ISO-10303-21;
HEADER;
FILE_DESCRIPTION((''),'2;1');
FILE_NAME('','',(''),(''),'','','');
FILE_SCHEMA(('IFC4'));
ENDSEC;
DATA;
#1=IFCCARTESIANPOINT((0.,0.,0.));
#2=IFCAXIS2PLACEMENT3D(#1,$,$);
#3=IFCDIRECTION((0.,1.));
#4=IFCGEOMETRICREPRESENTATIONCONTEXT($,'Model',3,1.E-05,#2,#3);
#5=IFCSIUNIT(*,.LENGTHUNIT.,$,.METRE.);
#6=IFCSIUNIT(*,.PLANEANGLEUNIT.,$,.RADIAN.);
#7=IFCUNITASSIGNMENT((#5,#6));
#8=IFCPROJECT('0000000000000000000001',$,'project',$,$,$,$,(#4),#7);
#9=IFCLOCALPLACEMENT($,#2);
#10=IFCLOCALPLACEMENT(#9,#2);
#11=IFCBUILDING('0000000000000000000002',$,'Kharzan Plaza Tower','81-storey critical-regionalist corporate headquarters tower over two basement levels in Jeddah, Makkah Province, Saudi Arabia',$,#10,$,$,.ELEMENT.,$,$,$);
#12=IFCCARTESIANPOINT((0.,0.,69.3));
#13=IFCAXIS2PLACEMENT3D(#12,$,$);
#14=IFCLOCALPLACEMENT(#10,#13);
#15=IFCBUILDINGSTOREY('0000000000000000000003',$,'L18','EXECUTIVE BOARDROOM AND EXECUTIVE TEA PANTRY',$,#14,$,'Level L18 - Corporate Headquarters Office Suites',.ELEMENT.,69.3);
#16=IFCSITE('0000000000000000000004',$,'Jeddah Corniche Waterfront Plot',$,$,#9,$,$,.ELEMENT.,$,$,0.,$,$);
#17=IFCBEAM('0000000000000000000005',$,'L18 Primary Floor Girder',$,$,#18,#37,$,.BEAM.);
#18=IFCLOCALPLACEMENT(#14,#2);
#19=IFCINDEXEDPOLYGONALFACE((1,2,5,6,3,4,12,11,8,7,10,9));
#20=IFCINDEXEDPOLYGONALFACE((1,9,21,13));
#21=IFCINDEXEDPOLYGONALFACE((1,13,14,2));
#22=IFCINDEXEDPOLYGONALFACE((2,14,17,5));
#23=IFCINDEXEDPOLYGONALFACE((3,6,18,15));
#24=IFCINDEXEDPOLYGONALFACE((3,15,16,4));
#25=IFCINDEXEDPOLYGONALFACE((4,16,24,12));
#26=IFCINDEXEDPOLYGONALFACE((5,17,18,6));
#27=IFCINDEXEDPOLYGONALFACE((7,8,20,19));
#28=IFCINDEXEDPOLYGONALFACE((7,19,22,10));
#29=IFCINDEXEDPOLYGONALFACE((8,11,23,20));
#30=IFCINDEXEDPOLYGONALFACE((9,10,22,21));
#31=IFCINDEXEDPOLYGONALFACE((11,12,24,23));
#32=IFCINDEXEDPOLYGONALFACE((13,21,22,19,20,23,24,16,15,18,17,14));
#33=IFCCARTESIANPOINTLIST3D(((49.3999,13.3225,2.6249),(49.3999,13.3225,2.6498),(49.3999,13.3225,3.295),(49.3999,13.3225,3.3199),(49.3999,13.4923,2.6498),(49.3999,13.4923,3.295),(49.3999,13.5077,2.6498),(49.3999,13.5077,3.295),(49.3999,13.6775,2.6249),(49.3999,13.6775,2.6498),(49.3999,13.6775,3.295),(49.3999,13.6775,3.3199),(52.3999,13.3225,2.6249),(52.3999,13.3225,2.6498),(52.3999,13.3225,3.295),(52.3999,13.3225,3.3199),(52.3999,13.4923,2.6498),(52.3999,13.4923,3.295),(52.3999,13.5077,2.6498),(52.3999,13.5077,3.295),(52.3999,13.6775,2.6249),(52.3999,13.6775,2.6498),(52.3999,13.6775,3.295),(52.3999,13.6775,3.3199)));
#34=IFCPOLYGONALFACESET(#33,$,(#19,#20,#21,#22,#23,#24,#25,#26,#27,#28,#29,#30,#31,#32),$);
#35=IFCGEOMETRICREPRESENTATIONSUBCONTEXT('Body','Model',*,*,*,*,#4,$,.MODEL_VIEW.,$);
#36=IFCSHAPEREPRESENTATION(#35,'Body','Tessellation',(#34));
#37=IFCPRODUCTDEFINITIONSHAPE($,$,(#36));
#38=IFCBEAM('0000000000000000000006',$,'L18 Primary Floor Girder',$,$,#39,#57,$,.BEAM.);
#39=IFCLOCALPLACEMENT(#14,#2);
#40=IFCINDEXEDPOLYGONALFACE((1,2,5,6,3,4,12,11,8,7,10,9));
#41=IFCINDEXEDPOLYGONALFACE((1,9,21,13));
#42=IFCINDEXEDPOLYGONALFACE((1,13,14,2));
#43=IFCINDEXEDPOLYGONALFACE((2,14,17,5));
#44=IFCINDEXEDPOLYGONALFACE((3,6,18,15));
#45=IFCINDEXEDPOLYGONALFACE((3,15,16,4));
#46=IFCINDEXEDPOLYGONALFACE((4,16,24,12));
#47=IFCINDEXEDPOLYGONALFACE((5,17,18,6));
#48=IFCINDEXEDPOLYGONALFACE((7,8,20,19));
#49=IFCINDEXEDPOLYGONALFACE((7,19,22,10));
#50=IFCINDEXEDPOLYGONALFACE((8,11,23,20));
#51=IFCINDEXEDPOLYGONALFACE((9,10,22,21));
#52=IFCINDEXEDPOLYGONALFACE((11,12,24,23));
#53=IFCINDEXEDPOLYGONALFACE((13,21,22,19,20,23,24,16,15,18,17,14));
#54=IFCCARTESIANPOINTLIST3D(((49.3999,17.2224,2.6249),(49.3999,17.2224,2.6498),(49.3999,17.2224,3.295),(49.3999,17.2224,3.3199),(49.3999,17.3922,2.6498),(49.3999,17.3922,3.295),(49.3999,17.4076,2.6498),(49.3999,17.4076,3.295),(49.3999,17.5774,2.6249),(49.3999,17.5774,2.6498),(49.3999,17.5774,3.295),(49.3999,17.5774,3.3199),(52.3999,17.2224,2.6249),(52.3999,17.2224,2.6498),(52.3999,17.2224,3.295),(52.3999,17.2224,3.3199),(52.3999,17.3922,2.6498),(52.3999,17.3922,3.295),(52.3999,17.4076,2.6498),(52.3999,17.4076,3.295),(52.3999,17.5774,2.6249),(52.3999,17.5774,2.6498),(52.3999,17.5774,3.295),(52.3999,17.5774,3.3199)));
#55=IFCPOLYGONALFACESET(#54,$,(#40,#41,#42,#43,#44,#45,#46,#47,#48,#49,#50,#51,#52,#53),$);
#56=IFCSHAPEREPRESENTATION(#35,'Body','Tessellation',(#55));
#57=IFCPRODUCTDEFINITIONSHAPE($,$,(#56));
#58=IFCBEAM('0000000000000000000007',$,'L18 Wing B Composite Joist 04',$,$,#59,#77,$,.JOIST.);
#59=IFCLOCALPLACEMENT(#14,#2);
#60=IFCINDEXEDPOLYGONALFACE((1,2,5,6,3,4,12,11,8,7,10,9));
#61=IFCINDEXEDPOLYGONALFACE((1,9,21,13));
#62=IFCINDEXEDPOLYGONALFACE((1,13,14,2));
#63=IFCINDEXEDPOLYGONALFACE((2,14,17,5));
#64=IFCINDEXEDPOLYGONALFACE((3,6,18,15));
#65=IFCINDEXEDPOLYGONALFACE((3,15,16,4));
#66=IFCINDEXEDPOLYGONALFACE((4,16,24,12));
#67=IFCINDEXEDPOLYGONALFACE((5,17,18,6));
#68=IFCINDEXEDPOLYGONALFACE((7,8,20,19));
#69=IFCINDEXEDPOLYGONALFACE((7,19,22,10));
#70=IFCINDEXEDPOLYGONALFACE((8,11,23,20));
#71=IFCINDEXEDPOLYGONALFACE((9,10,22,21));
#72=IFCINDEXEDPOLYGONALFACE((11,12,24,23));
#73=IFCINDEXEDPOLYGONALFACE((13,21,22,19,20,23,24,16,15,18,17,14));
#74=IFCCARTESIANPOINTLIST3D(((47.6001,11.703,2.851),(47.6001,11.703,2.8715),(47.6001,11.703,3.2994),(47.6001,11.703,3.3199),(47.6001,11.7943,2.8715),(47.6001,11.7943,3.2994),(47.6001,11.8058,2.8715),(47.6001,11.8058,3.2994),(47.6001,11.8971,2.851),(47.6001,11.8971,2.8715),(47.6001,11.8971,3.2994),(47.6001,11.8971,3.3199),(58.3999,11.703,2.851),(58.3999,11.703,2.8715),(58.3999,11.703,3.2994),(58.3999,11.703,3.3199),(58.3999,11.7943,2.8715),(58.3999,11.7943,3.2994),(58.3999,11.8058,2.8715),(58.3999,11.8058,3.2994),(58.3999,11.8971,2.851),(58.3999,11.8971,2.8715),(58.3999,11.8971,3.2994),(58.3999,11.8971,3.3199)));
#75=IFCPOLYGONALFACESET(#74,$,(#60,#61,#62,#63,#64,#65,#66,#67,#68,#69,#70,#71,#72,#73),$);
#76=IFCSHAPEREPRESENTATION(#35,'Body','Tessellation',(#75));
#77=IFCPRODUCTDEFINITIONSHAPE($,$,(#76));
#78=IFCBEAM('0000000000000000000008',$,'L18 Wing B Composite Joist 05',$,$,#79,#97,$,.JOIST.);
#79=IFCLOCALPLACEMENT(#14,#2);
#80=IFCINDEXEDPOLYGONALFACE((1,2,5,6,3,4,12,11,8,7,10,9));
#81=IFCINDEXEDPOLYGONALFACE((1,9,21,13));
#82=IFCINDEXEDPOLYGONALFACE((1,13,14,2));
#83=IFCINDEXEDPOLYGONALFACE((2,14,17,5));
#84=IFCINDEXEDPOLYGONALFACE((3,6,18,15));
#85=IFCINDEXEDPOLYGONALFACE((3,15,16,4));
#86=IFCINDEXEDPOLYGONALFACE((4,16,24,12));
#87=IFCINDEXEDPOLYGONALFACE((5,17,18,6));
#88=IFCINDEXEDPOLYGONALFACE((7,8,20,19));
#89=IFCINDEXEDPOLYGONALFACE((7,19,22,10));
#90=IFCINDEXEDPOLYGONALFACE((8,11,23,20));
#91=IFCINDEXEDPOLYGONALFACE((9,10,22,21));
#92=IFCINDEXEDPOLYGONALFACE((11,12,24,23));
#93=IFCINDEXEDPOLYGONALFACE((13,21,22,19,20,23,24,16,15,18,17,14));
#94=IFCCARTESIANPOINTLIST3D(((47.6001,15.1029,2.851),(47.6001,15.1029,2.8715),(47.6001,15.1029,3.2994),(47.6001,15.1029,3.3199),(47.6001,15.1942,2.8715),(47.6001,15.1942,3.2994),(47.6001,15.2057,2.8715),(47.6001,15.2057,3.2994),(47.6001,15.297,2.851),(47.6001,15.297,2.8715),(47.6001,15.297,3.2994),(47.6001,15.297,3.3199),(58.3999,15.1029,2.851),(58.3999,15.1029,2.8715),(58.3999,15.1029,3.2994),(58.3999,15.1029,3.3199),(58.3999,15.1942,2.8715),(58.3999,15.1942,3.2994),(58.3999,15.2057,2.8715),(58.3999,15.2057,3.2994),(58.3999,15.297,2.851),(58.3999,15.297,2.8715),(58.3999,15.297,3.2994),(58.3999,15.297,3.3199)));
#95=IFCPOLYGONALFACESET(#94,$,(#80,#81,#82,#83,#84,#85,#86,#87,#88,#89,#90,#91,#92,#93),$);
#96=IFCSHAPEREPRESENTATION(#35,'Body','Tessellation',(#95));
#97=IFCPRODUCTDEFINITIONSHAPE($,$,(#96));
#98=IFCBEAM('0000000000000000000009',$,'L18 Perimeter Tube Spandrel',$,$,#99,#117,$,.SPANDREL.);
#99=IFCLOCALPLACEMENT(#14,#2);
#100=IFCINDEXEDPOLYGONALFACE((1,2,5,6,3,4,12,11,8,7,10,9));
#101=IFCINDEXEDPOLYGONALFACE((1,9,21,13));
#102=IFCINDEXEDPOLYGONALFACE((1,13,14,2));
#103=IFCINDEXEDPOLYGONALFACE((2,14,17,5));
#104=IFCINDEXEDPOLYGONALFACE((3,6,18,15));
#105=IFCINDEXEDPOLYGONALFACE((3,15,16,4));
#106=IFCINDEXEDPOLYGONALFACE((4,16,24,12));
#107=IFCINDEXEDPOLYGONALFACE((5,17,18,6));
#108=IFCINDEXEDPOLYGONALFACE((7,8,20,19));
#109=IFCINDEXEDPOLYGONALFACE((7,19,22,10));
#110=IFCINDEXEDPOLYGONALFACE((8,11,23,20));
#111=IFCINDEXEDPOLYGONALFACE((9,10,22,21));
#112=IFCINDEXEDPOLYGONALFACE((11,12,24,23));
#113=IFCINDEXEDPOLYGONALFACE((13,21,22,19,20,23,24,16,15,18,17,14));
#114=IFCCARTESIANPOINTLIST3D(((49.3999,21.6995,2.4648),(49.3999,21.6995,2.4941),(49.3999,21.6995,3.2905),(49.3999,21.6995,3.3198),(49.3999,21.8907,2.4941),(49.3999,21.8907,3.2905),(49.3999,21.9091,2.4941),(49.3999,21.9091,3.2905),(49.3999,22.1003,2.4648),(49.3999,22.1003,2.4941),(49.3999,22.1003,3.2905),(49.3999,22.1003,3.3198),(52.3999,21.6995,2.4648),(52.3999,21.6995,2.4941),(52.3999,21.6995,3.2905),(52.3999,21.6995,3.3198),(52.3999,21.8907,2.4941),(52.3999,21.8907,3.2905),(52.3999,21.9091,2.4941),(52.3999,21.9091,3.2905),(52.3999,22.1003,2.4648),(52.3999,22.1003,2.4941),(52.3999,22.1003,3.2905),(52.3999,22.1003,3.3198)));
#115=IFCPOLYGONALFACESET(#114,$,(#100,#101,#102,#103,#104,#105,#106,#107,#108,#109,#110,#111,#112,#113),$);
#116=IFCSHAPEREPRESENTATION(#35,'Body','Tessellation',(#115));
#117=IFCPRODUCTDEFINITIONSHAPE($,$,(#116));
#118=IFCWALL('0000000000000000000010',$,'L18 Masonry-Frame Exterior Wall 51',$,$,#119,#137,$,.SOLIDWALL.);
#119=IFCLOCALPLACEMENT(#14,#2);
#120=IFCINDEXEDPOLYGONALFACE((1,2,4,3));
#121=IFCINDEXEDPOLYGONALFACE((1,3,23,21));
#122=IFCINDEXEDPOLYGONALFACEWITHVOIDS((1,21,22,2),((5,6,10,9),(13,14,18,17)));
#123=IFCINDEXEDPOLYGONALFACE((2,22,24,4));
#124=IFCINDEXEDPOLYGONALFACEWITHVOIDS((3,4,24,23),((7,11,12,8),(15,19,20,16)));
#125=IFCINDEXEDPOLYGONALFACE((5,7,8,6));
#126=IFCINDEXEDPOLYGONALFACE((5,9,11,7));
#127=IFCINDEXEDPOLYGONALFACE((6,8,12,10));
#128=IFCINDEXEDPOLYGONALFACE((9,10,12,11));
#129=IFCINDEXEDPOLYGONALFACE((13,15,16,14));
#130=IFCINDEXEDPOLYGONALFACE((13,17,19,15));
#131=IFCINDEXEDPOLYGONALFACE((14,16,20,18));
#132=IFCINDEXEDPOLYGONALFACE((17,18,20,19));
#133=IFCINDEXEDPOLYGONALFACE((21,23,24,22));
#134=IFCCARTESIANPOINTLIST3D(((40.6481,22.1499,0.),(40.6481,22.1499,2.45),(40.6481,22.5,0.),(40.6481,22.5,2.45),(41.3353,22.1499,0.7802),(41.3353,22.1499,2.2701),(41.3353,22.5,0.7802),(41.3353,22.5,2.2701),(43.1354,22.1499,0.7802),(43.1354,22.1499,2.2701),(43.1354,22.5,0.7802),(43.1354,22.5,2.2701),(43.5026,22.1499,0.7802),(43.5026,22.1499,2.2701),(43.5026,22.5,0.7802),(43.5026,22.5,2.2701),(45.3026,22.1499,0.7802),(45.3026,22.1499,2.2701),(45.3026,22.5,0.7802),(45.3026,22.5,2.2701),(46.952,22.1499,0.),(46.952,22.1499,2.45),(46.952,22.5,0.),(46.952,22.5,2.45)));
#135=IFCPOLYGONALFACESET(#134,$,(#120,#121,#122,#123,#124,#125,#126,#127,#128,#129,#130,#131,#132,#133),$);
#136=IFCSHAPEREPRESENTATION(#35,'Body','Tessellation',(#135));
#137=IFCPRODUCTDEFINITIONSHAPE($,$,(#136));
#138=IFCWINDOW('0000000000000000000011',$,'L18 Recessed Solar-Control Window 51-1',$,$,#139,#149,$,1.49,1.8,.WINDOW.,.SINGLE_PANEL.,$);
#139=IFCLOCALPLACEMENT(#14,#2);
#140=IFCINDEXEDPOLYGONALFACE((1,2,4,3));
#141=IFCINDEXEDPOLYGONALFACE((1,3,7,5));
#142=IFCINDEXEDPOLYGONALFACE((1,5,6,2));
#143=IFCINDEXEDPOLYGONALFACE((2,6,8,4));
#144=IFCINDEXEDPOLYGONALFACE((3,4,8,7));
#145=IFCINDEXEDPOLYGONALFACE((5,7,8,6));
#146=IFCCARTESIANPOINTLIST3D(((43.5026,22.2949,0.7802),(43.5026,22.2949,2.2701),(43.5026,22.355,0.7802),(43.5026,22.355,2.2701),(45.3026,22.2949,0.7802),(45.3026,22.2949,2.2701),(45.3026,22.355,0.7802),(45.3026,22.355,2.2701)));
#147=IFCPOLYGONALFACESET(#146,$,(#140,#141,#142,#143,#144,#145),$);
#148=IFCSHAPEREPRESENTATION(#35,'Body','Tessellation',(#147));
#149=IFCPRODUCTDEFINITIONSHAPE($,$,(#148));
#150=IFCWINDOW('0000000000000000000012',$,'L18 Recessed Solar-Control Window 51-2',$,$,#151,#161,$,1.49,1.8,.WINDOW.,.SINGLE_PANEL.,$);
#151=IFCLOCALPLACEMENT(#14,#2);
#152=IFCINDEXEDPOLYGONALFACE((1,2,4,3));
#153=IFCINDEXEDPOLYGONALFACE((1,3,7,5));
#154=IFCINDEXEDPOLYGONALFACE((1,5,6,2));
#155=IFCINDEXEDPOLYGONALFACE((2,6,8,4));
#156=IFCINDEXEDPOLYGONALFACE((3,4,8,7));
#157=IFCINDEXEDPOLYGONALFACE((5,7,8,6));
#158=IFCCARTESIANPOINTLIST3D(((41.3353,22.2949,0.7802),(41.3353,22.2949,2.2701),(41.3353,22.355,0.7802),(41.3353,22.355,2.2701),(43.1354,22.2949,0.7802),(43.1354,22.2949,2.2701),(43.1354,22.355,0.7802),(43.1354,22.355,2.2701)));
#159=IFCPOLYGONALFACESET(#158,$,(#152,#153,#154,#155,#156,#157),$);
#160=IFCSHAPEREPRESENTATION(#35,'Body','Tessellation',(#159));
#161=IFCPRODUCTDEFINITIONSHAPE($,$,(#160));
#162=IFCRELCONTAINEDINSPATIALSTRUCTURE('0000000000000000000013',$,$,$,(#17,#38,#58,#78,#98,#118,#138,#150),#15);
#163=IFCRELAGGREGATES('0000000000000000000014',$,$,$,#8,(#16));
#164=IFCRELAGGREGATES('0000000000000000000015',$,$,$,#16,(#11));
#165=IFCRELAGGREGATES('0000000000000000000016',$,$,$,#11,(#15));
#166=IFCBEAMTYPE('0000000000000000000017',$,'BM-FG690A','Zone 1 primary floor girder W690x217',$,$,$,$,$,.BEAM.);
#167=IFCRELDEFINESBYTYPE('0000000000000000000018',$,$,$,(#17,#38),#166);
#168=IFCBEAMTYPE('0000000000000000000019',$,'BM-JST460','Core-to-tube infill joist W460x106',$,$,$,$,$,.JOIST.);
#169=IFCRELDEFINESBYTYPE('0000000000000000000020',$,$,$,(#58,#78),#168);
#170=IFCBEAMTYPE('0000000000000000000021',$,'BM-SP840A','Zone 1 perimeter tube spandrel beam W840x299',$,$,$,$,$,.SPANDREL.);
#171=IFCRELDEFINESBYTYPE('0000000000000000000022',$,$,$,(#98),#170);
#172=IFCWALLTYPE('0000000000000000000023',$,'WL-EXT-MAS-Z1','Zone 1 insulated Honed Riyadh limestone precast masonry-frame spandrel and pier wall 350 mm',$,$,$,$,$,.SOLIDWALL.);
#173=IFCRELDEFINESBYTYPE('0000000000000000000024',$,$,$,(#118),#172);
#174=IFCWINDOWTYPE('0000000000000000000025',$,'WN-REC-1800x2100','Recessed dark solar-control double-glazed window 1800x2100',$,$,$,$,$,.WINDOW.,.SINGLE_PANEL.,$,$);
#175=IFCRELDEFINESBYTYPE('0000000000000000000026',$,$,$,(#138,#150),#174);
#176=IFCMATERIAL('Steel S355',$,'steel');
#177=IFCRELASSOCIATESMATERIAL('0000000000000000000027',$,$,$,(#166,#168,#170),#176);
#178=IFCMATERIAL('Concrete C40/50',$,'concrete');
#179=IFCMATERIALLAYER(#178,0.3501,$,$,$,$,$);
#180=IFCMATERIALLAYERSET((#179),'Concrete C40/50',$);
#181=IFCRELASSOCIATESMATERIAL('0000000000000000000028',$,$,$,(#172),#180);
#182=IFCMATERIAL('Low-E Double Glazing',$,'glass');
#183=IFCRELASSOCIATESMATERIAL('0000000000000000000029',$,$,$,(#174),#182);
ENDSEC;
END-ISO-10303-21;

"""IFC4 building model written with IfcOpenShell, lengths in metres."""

from ifc_helpers import new_model, si_unit, direction, frame, frame_2d, origin, origin_2d, place, context, subcontext, project, spatial, rectangle, i_section, extrude, source, transform, mapped, material, layer, layer_set, material_profile, profile_set, type_object, element, fill, save


model = new_model("IFC4")

# Units and contexts
model_context = context("Model", 3, precision=1e-05, world=origin(), true_north=direction((0.0, 1.0)))
body_context = subcontext(model_context, "Body", "Model", "MODEL_VIEW")
ifc_project = project(units=[si_unit("LENGTHUNIT", "METRE"), si_unit("PLANEANGLEUNIT", "RADIAN")], contexts=[model_context])

# Site, building, storey
site_placement = place(None, origin())
site = spatial("IfcSite", under=ifc_project, at=site_placement, Name="Jeddah Corniche Waterfront Plot", CompositionType="ELEMENT", RefElevation=0.0)
building_placement = place(site_placement, origin())
building = spatial("IfcBuilding", under=site, at=building_placement, Name="Kharzan Plaza Tower", Description="81-storey critical-regionalist corporate headquarters tower over two basement levels in Jeddah, Makkah Province, Saudi Arabia", CompositionType="ELEMENT")
storey_placement = place(building_placement, frame((0.0, 0.0, 69.3)))
storey = spatial("IfcBuildingStorey", under=building, at=storey_placement, Name="L18", Description="EXECUTIVE BOARDROOM AND EXECUTIVE TEA PANTRY", LongName="Level L18 - Corporate Headquarters Office Suites", CompositionType="ELEMENT", Elevation=69.3)

# Beams
ifc_material_1 = material(Name="Steel S355", Category="steel")
ifc_material_profile_1 = material_profile(ifc_material_1, i_section(OverallWidth=0.355, OverallDepth=0.6951, WebThickness=0.0154, FlangeThickness=0.0249, at=origin_2d()), Name="W690x217")
ifc_profile_set_1 = profile_set([ifc_material_profile_1], Name="Steel S355")
beam_type_1 = type_object("IfcBeamType", Name="BM-FG690A", Description="Zone 1 primary floor girder W690x217", PredefinedType="BEAM", material=ifc_profile_set_1)
shared_shape_1 = source(origin(), body_context, "Body", "SweptSolid", [
    extrude(i_section(OverallWidth=0.355, OverallDepth=0.6951, WebThickness=0.0154, FlangeThickness=0.0249, at=origin_2d()), origin(), (0.0, 0.0, 1.0), 3.0),
])
for number, where, z_axis, x_axis, name in (
    (1, (49.3999, 13.5, 2.9724), (1.0, 0.0, 0.0), (0.0, 1.0, 0.0), "L18 Primary Floor Girder"),
    (2, (49.3999, 17.3999, 2.9724), (1.0, 0.0, 0.0), (0.0, 1.0, 0.0), "L18 Primary Floor Girder"),
):
    element("IfcBeam", number, at=place(storey_placement, frame(where, z_axis=z_axis, x_axis=x_axis)), inside=storey, type_object=beam_type_1, Name=name, PredefinedType="BEAM", context=body_context, shape_type="MappedRepresentation", body=[
        mapped(shared_shape_1, transform((0.0, 0.0, 0.0), x_axis=(1.0, 0.0, 0.0), y_axis=(0.0, 1.0, 0.0), z_axis=(0.0, 0.0, 1.0))),
    ])
ifc_material_profile_2 = material_profile(ifc_material_1, i_section(OverallWidth=0.1941, OverallDepth=0.469, WebThickness=0.0115, FlangeThickness=0.0205, at=origin_2d()), Name="W460x106")
ifc_profile_set_2 = profile_set([ifc_material_profile_2], Name="Steel S355")
beam_type_2 = type_object("IfcBeamType", Name="BM-JST460", Description="Core-to-tube infill joist W460x106", PredefinedType="JOIST", material=ifc_profile_set_2)
shared_shape_2 = source(origin(), body_context, "Body", "SweptSolid", [
    extrude(i_section(OverallWidth=0.1941, OverallDepth=0.469, WebThickness=0.0115, FlangeThickness=0.0205, at=origin_2d()), origin(), (0.0, 0.0, 1.0), 10.7998),
])
for number, where, z_axis, x_axis, name in (
    (3, (47.6001, 11.8, 3.0854), (1.0, 0.0, 0.0), (0.0, 1.0, 0.0), "L18 Wing B Composite Joist 04"),
    (4, (47.6001, 15.2, 3.0854), (1.0, 0.0, 0.0), (0.0, 1.0, 0.0), "L18 Wing B Composite Joist 05"),
):
    element("IfcBeam", number, at=place(storey_placement, frame(where, z_axis=z_axis, x_axis=x_axis)), inside=storey, type_object=beam_type_2, Name=name, PredefinedType="JOIST", context=body_context, shape_type="MappedRepresentation", body=[
        mapped(shared_shape_2, transform((0.0, 0.0, 0.0), x_axis=(1.0, 0.0, 0.0), y_axis=(0.0, 1.0, 0.0), z_axis=(0.0, 0.0, 1.0))),
    ])
ifc_material_profile_3 = material_profile(ifc_material_1, i_section(OverallWidth=0.4009, OverallDepth=0.855, WebThickness=0.0183, FlangeThickness=0.0293, at=origin_2d()), Name="W840x299")
ifc_profile_set_3 = profile_set([ifc_material_profile_3], Name="Steel S355")
beam_type_3 = type_object("IfcBeamType", Name="BM-SP840A", Description="Zone 1 perimeter tube spandrel beam W840x299", PredefinedType="SPANDREL", material=ifc_profile_set_3)
shared_shape_3 = source(origin(), body_context, "Body", "SweptSolid", [
    extrude(i_section(OverallWidth=0.4009, OverallDepth=0.855, WebThickness=0.0183, FlangeThickness=0.0293, at=origin_2d()), origin(), (0.0, 0.0, 1.0), 3.0),
])
beam_1_placement = place(storey_placement, frame((49.3999, 21.8999, 2.8923), z_axis=(1.0, 0.0, 0.0), x_axis=(0.0, 1.0, 0.0)))
element("IfcBeam", 5, at=beam_1_placement, inside=storey, type_object=beam_type_3, Name="L18 Perimeter Tube Spandrel", PredefinedType="SPANDREL", context=body_context, shape_type="MappedRepresentation", body=[
    mapped(shared_shape_3, transform((0.0, 0.0, 0.0), x_axis=(1.0, 0.0, 0.0), y_axis=(0.0, 1.0, 0.0), z_axis=(0.0, 0.0, 1.0))),
])

# Wall, openings, windows
ifc_material_2 = material(Name="Concrete C40/50", Category="concrete")
ifc_layer_1 = layer(ifc_material_2, 0.3501)
ifc_layer_set_1 = layer_set([ifc_layer_1], Name="Concrete C40/50")
wall_type_1 = type_object("IfcWallType", Name="WL-EXT-MAS-Z1", Description="Zone 1 insulated Honed Riyadh limestone precast masonry-frame spandrel and pier wall 350 mm", PredefinedType="SOLIDWALL", material=ifc_layer_set_1)
wall_1_placement = place(storey_placement, frame((46.9519, 22.325, 0.0), z_axis=(0.0, 0.0, 1.0), x_axis=(-1.0, 0.0, 0.0)))
wall_1 = element("IfcWall", 6, at=wall_1_placement, inside=storey, type_object=wall_type_1, Name="L18 Masonry-Frame Exterior Wall 51", PredefinedType="SOLIDWALL", context=body_context, shape_type="SweptSolid", body=[
    extrude(rectangle(XDim=6.304, YDim=0.3501, at=frame_2d((3.1519, 0.0))), origin(), (0.0, 0.0, 1.0), 2.45),
])
opening_1_placement = place(wall_1_placement, frame((1.6494, 0.0, 0.78)))
opening_1 = element("IfcOpeningElement", 7, at=opening_1_placement, cuts=wall_1, PredefinedType="OPENING", context=body_context, shape_type="SweptSolid", body=[
    extrude(rectangle(XDim=1.8, YDim=1.49, at=frame_2d((0.8999, 0.7451))), frame((0.0, 0.1851, 0.0), z_axis=(0.0, -1.0, 0.0), x_axis=(1.0, 0.0, 0.0)), (0.0, 0.0, 1.0), 0.3701),
])
opening_2_placement = place(wall_1_placement, frame((3.8167, 0.0, 0.78)))
opening_2 = element("IfcOpeningElement", 8, at=opening_2_placement, cuts=wall_1, PredefinedType="OPENING", context=body_context, shape_type="SweptSolid", body=[
    extrude(rectangle(XDim=1.8, YDim=1.49, at=frame_2d((0.8999, 0.7451))), frame((0.0, 0.1851, 0.0), z_axis=(0.0, -1.0, 0.0), x_axis=(1.0, 0.0, 0.0)), (0.0, 0.0, 1.0), 0.3701),
])
ifc_material_3 = material(Name="Low-E Double Glazing", Category="glass")
window_type = type_object("IfcWindowType", Name="WN-REC-1800x2100", Description="Recessed dark solar-control double-glazed window 1800x2100", PartitioningType="SINGLE_PANEL", PredefinedType="WINDOW", material=ifc_material_3)
shared_shape_4 = source(origin(), body_context, "Body", "SweptSolid", [
    extrude(rectangle(XDim=1.8, YDim=1.49, at=frame_2d((0.8999, 0.7451))), frame((0.0, 0.03, 0.0), z_axis=(0.0, -1.0, 0.0), x_axis=(1.0, 0.0, 0.0)), (0.0, 0.0, 1.0), 0.0601),
])
window_1_placement = place(opening_1_placement, origin())
window_1 = element("IfcWindow", 9, at=window_1_placement, inside=storey, type_object=window_type, Name="L18 Recessed Solar-Control Window 51-1", OverallHeight=1.49, OverallWidth=1.8, PartitioningType="SINGLE_PANEL", PredefinedType="WINDOW", context=body_context, shape_type="MappedRepresentation", body=[
    mapped(shared_shape_4, transform((0.0, 0.0, 0.0), x_axis=(1.0, 0.0, 0.0), y_axis=(0.0, 1.0, 0.0), z_axis=(0.0, 0.0, 1.0))),
])
fill(opening_1, window_1)
window_2_placement = place(opening_2_placement, origin())
window_2 = element("IfcWindow", 10, at=window_2_placement, inside=storey, type_object=window_type, Name="L18 Recessed Solar-Control Window 51-2", OverallHeight=1.49, OverallWidth=1.8, PartitioningType="SINGLE_PANEL", PredefinedType="WINDOW", context=body_context, shape_type="MappedRepresentation", body=[
    mapped(shared_shape_4, transform((0.0, 0.0, 0.0), x_axis=(1.0, 0.0, 0.0), y_axis=(0.0, 1.0, 0.0), z_axis=(0.0, 0.0, 1.0))),
])
fill(opening_2, window_2)

save(model, "model.ifc")
